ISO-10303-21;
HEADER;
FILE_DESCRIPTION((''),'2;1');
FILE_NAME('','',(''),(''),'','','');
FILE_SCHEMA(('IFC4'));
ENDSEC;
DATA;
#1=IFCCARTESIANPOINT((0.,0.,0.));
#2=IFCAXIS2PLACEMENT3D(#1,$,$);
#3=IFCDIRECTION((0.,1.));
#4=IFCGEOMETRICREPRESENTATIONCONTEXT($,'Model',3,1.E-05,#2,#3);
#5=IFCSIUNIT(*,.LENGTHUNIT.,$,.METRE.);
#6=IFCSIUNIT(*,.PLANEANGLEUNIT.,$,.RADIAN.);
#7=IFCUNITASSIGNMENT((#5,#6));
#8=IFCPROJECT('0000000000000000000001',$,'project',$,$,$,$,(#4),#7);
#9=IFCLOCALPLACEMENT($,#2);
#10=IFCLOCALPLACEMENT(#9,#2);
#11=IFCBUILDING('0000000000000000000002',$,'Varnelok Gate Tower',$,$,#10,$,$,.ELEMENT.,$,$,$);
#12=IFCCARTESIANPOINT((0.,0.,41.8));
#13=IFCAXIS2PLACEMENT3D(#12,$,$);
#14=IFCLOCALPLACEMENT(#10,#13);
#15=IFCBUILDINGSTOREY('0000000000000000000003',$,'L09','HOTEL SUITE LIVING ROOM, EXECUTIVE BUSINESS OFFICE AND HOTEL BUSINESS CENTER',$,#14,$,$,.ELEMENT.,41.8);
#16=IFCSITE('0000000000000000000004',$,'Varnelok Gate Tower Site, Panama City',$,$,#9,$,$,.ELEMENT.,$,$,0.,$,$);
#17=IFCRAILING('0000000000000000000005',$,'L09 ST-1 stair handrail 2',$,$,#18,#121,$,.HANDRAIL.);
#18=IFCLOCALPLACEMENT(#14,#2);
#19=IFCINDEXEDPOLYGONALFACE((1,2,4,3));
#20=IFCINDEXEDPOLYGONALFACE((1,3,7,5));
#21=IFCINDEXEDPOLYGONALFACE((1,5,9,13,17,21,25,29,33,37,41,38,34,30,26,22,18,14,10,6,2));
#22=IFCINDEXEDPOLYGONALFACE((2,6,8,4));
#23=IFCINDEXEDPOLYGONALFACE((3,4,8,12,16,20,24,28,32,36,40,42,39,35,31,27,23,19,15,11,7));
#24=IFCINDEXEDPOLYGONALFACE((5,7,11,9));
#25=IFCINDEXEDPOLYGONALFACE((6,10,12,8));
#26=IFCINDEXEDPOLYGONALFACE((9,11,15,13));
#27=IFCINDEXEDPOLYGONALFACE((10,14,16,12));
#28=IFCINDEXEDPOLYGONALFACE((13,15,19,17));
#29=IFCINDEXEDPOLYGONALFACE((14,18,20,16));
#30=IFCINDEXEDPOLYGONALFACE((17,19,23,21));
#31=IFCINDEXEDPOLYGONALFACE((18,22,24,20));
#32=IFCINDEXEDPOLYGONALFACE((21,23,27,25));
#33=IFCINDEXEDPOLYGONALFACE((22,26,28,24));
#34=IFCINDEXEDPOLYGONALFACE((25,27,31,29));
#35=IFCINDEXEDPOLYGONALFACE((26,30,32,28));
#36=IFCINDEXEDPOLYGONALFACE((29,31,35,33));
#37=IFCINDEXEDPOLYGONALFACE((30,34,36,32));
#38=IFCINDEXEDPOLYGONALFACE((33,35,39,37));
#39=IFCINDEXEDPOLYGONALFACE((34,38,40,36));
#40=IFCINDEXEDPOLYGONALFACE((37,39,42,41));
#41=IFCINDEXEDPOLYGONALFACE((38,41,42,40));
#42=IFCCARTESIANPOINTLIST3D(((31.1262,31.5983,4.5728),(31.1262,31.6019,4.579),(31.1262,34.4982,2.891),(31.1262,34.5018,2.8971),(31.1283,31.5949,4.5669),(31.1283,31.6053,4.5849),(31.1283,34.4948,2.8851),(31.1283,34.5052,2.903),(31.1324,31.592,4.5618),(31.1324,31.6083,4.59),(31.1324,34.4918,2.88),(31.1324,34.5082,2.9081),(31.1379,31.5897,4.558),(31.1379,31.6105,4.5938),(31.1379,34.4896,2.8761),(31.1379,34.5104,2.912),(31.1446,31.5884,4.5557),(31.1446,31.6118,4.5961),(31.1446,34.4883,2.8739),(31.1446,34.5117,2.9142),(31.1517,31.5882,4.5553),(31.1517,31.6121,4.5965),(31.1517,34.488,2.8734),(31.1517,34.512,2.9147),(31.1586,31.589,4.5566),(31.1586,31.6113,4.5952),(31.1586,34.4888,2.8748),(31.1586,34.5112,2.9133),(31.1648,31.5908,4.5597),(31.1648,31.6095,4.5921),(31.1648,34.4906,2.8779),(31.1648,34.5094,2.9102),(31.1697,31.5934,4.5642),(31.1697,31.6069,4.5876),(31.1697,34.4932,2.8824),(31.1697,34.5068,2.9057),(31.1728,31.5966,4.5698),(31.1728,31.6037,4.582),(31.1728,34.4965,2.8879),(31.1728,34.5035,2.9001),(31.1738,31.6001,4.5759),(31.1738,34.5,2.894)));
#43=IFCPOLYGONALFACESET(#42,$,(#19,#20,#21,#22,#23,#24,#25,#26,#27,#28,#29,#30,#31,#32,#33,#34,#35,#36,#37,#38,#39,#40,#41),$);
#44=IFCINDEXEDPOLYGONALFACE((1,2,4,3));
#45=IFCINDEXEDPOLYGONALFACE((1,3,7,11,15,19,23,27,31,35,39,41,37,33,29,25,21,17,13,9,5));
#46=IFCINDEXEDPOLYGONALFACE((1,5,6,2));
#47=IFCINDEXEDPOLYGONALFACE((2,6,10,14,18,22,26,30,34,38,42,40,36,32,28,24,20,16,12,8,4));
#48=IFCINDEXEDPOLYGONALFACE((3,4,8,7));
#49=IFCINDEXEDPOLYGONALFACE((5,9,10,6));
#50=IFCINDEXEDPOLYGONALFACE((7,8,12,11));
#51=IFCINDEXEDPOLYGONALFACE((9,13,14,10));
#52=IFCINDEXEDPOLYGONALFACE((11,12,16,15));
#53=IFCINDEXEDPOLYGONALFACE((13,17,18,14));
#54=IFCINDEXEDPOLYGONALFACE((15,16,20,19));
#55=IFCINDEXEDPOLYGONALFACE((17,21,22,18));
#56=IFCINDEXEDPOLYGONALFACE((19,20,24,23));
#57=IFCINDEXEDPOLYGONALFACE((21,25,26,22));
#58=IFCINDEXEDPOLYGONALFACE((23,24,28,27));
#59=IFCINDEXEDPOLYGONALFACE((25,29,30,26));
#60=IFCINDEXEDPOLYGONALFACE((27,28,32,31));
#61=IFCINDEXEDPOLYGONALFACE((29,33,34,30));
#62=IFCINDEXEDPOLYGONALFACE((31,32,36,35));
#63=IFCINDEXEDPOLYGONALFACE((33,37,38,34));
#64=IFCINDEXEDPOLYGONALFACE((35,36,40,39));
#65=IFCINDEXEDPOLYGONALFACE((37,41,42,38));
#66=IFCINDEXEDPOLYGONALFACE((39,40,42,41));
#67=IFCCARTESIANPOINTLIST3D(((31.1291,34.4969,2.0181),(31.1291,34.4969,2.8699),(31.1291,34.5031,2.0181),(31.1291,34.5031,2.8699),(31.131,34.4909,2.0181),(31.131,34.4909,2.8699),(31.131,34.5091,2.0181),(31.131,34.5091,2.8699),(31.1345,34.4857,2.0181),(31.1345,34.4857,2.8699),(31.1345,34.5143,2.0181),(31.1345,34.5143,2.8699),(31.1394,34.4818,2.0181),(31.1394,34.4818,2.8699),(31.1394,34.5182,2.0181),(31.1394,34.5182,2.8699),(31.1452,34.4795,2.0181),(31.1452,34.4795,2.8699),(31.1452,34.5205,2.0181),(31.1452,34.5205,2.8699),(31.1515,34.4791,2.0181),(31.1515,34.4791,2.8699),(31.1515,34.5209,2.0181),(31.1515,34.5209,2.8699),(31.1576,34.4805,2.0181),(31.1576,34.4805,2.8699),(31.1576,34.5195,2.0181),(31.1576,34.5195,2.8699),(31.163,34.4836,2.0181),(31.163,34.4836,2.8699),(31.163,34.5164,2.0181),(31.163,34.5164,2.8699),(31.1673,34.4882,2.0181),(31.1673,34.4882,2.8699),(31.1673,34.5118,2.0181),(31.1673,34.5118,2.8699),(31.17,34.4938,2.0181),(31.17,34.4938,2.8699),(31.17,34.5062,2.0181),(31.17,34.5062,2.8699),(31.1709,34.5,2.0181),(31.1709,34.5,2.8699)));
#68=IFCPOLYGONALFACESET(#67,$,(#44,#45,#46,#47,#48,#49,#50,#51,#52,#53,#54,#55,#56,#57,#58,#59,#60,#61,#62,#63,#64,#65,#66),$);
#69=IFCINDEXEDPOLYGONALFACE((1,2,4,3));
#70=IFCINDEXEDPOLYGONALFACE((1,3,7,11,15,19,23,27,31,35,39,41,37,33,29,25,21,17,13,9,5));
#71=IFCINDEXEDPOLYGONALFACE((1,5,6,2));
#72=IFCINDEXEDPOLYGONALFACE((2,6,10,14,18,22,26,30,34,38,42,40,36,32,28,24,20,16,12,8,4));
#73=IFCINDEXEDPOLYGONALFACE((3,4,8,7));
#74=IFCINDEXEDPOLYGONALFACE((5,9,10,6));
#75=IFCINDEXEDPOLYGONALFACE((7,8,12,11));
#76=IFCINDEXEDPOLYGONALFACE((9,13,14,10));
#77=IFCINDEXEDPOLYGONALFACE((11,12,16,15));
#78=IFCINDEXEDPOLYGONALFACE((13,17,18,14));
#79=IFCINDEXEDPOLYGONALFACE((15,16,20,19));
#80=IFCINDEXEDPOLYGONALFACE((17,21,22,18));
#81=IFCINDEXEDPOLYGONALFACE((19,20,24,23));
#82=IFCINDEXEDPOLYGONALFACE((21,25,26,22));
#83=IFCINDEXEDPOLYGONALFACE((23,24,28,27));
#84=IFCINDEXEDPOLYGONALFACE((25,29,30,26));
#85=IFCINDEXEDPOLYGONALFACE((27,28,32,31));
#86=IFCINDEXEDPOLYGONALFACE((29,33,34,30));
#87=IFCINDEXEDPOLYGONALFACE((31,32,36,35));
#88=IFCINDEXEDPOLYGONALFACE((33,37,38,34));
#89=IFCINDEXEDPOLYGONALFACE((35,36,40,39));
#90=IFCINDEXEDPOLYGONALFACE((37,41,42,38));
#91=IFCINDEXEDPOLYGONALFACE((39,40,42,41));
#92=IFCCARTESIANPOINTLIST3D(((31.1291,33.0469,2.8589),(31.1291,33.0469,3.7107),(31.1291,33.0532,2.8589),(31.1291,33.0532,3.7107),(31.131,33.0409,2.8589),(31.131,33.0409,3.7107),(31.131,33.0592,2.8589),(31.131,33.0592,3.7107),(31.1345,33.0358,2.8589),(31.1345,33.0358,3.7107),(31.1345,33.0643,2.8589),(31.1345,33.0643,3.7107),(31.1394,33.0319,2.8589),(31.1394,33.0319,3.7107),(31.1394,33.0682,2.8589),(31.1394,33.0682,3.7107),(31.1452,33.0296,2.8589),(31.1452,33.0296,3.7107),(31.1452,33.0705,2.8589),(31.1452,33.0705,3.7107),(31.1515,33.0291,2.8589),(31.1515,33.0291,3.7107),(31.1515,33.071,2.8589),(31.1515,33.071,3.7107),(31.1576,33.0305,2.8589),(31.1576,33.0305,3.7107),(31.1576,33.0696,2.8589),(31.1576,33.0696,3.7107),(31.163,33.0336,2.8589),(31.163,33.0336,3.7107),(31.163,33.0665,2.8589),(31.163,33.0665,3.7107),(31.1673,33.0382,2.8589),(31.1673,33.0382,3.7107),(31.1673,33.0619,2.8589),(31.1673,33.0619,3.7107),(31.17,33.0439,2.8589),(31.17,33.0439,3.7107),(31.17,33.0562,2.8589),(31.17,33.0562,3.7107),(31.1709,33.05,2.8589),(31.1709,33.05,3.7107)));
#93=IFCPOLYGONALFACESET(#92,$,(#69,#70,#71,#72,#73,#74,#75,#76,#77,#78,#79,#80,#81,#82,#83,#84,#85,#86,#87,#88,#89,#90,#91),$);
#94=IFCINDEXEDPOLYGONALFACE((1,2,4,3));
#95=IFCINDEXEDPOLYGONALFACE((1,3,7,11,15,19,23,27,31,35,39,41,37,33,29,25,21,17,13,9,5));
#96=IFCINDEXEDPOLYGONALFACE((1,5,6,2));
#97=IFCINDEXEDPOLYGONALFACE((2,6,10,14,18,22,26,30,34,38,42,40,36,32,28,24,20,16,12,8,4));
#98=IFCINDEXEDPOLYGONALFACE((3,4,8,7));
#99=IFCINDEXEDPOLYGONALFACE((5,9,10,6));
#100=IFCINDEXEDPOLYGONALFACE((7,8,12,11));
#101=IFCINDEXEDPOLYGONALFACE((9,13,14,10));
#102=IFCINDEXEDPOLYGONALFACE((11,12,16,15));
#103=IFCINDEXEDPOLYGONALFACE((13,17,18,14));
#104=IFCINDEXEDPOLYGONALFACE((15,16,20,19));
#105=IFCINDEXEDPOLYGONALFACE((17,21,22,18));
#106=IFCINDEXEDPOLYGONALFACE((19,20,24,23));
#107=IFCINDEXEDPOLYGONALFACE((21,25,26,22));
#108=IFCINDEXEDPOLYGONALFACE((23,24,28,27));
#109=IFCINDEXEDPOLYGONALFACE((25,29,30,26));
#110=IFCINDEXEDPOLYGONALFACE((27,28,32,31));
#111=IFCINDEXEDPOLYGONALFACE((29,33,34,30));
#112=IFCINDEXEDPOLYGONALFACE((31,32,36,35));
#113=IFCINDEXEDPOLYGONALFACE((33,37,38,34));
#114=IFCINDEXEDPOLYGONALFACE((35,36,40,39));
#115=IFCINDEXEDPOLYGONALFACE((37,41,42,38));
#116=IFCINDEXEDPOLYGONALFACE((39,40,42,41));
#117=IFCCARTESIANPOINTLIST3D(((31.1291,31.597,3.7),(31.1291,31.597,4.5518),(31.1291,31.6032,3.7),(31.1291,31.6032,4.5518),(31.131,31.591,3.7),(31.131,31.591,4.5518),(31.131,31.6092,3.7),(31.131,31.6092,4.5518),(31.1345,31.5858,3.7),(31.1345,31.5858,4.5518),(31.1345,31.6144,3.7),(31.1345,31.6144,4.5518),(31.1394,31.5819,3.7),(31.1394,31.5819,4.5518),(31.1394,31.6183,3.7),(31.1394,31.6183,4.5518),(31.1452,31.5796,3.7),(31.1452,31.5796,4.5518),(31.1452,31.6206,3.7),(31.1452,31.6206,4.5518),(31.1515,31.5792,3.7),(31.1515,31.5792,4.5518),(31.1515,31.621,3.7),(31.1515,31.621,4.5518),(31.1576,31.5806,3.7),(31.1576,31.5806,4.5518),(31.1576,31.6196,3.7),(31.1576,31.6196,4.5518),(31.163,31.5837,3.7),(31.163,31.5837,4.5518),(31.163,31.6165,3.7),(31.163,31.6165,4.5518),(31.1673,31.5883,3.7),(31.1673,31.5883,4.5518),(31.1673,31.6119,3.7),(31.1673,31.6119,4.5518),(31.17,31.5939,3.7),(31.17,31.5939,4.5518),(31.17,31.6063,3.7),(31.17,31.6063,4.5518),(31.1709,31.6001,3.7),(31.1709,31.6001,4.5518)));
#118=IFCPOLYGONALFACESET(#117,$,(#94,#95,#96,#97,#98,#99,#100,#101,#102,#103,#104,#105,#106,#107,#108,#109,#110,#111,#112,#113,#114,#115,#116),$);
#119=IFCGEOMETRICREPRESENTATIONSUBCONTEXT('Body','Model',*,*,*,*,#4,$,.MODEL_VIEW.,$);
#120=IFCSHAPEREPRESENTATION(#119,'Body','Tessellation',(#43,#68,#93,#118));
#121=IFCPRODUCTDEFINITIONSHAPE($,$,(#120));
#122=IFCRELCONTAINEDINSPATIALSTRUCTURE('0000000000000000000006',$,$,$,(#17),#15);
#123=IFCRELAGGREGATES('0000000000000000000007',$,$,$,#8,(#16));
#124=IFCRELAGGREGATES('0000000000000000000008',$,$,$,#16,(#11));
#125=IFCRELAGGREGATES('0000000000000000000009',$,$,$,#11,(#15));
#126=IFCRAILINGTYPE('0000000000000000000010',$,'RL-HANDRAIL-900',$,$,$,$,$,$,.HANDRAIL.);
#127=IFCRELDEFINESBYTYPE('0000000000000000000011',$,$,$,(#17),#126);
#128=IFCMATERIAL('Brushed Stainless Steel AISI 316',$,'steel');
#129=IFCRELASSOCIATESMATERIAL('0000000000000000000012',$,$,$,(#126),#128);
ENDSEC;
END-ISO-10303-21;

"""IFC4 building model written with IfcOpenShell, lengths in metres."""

from ifc_helpers import new_model, si_unit, direction, frame, origin, origin_2d, place, context, subcontext, project, spatial, circle, extrude, material, type_object, element, save


model = new_model("IFC4")

# Units and contexts
model_context = context("Model", 3, precision=1e-05, world=origin(), true_north=direction((0.0, 1.0)))
body_context = subcontext(model_context, "Body", "Model", "MODEL_VIEW")
ifc_project = project(units=[si_unit("LENGTHUNIT", "METRE"), si_unit("PLANEANGLEUNIT", "RADIAN")], contexts=[model_context])

# Site, building, storey
site_placement = place(None, origin())
site = spatial("IfcSite", under=ifc_project, at=site_placement, Name="Varnelok Gate Tower Site, Panama City", CompositionType="ELEMENT", RefElevation=0.0)
building_placement = place(site_placement, origin())
building = spatial("IfcBuilding", under=site, at=building_placement, Name="Varnelok Gate Tower", CompositionType="ELEMENT")
storey_placement = place(building_placement, frame((0.0, 0.0, 41.8)))
storey = spatial("IfcBuildingStorey", under=building, at=storey_placement, Name="L09", Description="HOTEL SUITE LIVING ROOM, EXECUTIVE BUSINESS OFFICE AND HOTEL BUSINESS CENTER", CompositionType="ELEMENT", Elevation=41.8)

# Railing
ifc_material_1 = material(Name="Brushed Stainless Steel AISI 316", Category="steel")
railing_type_1 = type_object("IfcRailingType", Name="RL-HANDRAIL-900", PredefinedType="HANDRAIL", material=ifc_material_1)
railing_1_placement = place(storey_placement, frame((31.1499, 34.5, 2.0181)))
element("IfcRailing", 1, at=railing_1_placement, inside=storey, type_object=railing_type_1, Name="L09 ST-1 stair handrail 2", PredefinedType="HANDRAIL", context=body_context, shape_type="SweptSolid", body=[
    extrude(circle(Radius=0.0239, at=origin_2d()), frame((0.0, 0.0, 0.876), z_axis=(0.0, -0.865039, 0.501705), x_axis=(1.0, 0.0, 0.0)), (0.0, 0.0, 1.0), 3.3523),
    extrude(circle(Radius=0.021, at=origin_2d()), origin(), (0.0, 0.0, 1.0), 0.8518),
    extrude(circle(Radius=0.021, at=origin_2d()), frame((0.0, -1.45, 0.8408)), (0.0, 0.0, 1.0), 0.8518),
    extrude(circle(Radius=0.021, at=origin_2d()), frame((0.0, -2.8999, 1.6819)), (0.0, 0.0, 1.0), 0.8518),
])

save(model, "model.ifc")
